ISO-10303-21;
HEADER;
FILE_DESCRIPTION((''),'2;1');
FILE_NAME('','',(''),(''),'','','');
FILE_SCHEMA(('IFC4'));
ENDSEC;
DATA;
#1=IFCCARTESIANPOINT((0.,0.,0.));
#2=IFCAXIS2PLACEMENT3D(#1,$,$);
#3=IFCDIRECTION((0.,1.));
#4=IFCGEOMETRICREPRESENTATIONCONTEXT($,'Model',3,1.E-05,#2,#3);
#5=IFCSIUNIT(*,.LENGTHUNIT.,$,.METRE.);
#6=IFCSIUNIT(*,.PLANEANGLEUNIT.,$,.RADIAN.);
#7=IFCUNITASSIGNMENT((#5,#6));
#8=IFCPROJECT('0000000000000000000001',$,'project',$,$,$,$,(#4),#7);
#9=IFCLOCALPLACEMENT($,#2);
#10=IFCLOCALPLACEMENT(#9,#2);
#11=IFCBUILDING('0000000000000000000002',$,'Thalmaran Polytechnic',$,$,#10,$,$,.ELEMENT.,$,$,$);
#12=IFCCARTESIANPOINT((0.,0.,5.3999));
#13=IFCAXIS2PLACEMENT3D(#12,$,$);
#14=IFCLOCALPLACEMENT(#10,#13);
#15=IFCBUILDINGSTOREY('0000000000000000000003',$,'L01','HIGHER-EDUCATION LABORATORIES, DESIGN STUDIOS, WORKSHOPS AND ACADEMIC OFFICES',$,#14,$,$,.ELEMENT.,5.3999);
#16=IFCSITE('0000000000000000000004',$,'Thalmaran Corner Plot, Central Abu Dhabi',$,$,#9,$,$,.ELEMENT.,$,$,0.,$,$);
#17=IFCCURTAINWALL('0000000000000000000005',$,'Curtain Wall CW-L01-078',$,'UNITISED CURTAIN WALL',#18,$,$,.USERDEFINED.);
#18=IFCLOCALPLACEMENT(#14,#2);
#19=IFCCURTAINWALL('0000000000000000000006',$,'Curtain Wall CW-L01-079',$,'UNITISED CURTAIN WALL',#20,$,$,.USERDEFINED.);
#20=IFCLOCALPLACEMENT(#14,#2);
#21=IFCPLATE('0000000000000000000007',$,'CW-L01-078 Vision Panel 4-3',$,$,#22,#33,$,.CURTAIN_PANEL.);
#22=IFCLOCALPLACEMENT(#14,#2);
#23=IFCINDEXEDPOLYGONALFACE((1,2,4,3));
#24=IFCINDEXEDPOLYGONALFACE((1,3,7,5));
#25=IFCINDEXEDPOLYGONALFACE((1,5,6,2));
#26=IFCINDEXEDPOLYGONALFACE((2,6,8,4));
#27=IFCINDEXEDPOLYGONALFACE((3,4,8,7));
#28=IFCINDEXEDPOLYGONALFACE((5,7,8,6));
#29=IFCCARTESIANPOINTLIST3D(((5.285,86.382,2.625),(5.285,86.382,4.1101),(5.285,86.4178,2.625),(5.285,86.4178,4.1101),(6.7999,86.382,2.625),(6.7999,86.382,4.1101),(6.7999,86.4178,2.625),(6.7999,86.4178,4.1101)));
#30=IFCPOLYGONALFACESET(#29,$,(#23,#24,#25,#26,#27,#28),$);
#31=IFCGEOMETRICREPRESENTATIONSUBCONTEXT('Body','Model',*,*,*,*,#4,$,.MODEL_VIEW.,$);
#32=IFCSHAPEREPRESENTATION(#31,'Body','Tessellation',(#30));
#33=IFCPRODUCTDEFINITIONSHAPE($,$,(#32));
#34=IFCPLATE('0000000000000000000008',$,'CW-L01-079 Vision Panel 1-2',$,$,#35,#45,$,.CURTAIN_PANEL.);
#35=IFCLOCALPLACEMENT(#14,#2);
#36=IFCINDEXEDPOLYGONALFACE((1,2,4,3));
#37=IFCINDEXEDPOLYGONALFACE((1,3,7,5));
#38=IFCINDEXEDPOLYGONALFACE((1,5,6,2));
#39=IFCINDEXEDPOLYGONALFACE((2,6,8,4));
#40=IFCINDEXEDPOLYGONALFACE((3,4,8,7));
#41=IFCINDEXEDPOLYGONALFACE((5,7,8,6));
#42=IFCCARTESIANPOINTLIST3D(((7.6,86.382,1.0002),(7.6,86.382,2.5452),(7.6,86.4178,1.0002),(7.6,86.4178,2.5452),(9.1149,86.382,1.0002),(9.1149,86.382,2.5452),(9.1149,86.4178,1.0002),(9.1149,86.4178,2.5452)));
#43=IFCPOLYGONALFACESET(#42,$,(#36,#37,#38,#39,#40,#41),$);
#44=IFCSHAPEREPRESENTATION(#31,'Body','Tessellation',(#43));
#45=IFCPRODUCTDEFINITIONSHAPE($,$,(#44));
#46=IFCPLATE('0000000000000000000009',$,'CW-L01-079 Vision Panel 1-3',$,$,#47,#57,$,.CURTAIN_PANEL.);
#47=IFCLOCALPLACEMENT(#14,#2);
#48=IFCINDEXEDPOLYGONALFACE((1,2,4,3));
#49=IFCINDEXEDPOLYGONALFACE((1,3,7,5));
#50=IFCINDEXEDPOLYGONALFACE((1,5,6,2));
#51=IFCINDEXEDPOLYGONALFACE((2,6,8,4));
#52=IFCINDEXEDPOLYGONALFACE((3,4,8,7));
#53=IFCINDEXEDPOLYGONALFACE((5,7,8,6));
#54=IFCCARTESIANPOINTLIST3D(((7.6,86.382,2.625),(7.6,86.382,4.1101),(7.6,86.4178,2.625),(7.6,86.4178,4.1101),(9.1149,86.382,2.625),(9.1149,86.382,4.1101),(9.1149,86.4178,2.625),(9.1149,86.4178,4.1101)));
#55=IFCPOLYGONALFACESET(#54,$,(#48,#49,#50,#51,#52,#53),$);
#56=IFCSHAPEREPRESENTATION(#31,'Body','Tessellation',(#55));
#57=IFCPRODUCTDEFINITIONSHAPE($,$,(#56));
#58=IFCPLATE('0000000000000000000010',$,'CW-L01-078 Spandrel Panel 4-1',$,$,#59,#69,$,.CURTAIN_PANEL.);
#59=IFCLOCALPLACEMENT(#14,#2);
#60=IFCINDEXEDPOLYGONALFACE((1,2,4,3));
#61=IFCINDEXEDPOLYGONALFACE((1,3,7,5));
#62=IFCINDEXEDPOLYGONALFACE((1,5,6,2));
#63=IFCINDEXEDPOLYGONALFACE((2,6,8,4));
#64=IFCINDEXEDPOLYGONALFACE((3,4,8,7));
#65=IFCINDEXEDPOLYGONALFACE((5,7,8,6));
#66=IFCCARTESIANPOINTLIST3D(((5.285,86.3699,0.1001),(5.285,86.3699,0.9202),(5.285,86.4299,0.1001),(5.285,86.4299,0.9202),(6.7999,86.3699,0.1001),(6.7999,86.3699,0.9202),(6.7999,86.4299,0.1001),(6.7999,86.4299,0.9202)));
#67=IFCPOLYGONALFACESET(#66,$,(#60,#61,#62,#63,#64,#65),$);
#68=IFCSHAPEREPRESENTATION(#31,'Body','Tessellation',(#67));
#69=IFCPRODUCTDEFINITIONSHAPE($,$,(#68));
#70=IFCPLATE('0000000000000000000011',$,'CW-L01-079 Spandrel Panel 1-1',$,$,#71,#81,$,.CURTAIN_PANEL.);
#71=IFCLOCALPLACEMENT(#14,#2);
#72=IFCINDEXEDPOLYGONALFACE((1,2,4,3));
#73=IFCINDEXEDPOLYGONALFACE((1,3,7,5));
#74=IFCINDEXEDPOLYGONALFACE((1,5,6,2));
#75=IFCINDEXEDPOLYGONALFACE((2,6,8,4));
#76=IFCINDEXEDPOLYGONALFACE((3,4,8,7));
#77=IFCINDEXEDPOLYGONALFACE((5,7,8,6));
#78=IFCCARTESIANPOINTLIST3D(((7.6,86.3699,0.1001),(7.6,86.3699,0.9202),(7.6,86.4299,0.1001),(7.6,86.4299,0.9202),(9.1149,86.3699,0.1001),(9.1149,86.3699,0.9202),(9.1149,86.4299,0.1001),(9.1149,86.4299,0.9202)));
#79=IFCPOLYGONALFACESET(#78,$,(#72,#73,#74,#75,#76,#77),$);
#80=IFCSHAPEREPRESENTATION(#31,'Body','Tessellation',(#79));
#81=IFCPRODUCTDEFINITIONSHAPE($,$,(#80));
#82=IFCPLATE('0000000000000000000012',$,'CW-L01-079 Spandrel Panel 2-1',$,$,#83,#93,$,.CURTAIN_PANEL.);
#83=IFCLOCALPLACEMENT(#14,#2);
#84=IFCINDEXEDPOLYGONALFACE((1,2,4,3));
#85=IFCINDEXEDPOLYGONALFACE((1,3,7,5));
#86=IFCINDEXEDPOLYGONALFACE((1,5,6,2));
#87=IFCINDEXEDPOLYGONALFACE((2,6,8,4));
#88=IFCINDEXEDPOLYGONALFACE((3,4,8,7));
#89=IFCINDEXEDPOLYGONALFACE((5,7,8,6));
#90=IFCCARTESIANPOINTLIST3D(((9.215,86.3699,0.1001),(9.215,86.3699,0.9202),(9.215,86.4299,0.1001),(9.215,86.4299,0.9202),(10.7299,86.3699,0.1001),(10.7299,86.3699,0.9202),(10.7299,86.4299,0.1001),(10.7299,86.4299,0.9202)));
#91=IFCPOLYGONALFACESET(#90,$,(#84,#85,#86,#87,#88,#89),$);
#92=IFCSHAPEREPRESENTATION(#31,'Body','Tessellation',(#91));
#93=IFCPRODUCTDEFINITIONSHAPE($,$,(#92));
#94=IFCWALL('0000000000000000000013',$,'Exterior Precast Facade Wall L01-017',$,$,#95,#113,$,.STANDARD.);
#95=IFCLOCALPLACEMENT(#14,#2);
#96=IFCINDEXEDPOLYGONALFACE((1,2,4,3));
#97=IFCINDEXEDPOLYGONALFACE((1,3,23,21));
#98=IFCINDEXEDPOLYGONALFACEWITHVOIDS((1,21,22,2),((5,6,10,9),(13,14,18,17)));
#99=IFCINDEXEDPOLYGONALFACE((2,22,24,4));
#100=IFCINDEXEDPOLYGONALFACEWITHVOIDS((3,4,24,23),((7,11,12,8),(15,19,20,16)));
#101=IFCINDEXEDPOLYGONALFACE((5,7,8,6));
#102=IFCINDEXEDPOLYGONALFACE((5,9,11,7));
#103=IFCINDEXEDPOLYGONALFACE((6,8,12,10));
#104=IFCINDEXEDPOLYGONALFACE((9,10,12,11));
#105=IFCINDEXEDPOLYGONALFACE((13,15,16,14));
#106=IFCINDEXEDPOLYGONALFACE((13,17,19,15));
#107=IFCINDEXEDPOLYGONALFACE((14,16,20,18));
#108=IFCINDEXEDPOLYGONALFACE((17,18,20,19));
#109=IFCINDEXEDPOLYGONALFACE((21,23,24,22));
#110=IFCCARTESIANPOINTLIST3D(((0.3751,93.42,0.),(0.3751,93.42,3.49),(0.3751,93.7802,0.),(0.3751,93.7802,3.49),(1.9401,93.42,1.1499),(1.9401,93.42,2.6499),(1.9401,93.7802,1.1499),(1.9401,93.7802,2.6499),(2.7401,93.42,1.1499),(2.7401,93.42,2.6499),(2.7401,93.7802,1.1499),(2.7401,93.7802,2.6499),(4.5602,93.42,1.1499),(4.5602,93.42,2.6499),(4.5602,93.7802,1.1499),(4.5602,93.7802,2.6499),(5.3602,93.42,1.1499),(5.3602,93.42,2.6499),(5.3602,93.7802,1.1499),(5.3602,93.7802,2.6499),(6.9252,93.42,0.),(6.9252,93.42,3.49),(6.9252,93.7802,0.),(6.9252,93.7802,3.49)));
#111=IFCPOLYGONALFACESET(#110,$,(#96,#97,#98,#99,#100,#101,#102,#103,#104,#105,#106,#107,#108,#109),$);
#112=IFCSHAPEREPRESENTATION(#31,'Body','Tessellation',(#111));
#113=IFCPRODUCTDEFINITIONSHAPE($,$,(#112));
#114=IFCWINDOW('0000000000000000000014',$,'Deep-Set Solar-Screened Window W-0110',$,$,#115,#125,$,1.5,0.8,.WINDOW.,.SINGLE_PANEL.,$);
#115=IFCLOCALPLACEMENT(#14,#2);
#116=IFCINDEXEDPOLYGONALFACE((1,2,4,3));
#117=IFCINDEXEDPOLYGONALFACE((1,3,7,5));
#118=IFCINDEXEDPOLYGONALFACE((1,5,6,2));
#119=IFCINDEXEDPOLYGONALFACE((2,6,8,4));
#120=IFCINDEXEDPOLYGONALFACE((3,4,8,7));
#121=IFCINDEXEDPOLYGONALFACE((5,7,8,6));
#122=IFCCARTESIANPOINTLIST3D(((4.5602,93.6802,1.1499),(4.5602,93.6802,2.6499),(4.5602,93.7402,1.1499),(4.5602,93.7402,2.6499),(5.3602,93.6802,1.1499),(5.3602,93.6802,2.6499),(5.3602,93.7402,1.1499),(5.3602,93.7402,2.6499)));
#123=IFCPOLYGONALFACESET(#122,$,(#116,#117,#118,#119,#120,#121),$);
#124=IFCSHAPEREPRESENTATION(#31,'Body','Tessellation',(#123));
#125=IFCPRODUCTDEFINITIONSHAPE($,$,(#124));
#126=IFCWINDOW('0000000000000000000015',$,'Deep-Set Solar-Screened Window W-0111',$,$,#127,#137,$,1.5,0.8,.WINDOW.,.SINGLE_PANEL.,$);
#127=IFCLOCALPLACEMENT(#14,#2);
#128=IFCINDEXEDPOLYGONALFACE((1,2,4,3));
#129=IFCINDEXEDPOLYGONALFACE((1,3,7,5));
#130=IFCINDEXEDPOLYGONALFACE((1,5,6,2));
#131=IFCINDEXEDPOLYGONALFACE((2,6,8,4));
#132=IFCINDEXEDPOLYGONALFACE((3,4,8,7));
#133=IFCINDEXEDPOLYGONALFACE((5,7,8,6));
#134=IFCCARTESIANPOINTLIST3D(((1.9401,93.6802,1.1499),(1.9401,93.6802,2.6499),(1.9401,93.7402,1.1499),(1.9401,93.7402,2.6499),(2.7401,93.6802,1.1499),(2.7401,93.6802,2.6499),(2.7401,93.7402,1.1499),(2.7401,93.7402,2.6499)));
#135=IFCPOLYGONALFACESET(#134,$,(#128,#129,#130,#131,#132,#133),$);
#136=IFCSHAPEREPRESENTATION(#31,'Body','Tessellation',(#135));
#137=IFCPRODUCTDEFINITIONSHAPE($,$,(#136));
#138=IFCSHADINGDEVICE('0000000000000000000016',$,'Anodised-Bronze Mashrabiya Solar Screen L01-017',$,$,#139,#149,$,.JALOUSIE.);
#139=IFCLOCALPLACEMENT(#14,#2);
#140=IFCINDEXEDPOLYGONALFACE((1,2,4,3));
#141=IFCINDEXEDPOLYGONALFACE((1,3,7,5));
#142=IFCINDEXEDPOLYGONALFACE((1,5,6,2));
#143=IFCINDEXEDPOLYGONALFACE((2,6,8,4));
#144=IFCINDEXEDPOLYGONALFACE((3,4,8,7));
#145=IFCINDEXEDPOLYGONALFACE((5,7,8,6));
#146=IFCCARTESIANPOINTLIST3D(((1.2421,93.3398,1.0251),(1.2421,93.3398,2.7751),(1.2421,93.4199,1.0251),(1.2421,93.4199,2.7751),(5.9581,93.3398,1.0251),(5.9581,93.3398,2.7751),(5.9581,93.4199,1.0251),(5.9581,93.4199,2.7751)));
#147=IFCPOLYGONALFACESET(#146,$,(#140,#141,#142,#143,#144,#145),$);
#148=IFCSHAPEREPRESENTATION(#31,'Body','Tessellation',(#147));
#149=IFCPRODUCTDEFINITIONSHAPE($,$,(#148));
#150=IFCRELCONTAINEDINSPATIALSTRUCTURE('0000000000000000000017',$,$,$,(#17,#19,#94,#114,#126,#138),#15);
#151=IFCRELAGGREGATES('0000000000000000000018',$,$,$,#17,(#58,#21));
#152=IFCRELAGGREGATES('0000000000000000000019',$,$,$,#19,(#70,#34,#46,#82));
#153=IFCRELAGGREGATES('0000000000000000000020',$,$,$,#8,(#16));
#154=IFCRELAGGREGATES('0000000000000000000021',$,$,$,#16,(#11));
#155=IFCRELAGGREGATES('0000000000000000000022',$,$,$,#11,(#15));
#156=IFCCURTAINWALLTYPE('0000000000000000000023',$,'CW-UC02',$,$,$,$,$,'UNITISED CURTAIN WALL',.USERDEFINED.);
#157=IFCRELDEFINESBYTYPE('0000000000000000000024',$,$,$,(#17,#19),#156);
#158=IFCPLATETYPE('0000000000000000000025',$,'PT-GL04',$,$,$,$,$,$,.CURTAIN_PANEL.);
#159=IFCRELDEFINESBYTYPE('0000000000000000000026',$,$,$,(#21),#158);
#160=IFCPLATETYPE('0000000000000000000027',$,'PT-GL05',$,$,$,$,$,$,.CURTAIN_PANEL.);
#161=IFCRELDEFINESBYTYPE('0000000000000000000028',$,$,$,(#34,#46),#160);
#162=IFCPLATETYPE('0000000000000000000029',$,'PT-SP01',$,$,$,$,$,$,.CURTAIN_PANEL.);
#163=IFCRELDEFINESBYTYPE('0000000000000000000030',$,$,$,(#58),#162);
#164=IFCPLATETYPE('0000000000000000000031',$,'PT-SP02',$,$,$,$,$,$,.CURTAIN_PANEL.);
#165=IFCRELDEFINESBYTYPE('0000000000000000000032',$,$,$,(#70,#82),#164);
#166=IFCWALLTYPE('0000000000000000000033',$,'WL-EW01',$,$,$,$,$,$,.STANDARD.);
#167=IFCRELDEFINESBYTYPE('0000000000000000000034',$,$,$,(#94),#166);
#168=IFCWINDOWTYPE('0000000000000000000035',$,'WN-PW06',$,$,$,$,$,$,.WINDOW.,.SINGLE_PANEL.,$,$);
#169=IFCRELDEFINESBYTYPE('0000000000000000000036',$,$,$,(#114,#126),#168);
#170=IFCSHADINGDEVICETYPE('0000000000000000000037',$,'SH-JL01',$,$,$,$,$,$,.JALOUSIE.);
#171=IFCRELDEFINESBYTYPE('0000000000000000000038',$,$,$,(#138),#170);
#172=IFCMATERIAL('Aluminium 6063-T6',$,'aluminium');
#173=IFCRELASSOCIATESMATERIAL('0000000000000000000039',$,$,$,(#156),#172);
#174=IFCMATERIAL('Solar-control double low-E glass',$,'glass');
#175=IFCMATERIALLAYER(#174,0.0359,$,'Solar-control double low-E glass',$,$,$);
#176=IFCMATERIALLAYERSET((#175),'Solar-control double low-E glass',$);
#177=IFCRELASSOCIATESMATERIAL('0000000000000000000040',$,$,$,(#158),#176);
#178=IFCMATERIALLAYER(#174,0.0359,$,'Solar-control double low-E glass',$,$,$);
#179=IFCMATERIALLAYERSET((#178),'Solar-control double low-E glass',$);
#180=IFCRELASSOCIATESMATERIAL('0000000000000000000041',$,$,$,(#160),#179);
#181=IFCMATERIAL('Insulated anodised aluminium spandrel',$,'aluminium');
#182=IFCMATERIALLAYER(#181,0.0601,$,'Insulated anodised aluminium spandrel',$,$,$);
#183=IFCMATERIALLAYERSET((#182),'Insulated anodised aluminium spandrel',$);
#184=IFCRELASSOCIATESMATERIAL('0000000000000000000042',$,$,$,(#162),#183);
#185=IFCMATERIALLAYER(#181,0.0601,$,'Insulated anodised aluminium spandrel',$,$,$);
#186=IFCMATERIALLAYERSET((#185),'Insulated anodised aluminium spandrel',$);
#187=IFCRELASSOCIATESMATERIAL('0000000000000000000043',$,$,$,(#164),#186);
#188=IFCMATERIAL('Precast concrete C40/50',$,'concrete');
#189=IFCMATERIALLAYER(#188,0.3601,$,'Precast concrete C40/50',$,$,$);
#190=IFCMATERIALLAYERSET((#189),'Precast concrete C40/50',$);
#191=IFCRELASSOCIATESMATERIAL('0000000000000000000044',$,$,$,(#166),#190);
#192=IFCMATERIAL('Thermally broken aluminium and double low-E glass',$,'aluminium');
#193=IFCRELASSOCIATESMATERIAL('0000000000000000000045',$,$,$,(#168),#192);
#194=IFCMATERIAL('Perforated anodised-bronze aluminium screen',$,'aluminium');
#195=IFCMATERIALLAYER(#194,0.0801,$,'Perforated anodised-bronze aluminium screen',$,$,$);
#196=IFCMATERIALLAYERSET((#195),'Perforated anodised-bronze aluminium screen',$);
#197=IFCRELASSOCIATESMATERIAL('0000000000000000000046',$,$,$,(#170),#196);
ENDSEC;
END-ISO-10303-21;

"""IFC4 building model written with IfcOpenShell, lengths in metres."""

from ifc_helpers import new_model, si_unit, direction, frame, frame_2d, origin, origin_2d, place, context, subcontext, project, spatial, rectangle, extrude, material, layer, layer_set, type_object, element, fill, aggregate, save


model = new_model("IFC4")

# Units and contexts
model_context = context("Model", 3, precision=1e-05, world=origin(), true_north=direction((0.0, 1.0)))
body_context = subcontext(model_context, "Body", "Model", "MODEL_VIEW")
ifc_project = project(units=[si_unit("LENGTHUNIT", "METRE"), si_unit("PLANEANGLEUNIT", "RADIAN")], contexts=[model_context])

# Site, building, storey
site_placement = place(None, origin())
site = spatial("IfcSite", under=ifc_project, at=site_placement, Name="Thalmaran Corner Plot, Central Abu Dhabi", CompositionType="ELEMENT", RefElevation=0.0)
building_placement = place(site_placement, origin())
building = spatial("IfcBuilding", under=site, at=building_placement, Name="Thalmaran Polytechnic", CompositionType="ELEMENT")
storey_placement = place(building_placement, frame((0.0, 0.0, 5.3999)))
storey = spatial("IfcBuildingStorey", under=building, at=storey_placement, Name="L01", Description="HIGHER-EDUCATION LABORATORIES, DESIGN STUDIOS, WORKSHOPS AND ACADEMIC OFFICES", CompositionType="ELEMENT", Elevation=5.3999)

# Curtain walls
ifc_material_1 = material(Name="Aluminium 6063-T6", Category="aluminium")
curtain_wall_type = type_object("IfcCurtainWallType", Name="CW-UC02", ElementType="UNITISED CURTAIN WALL", PredefinedType="USERDEFINED", material=ifc_material_1)
curtain_wall_1_placement = place(storey_placement, origin())
curtain_wall_1 = element("IfcCurtainWall", 1, at=curtain_wall_1_placement, inside=storey, type_object=curtain_wall_type, Name="Curtain Wall CW-L01-078", ObjectType="UNITISED CURTAIN WALL", PredefinedType="USERDEFINED")
curtain_wall_2_placement = place(storey_placement, origin())
curtain_wall_2 = element("IfcCurtainWall", 2, at=curtain_wall_2_placement, inside=storey, type_object=curtain_wall_type, Name="Curtain Wall CW-L01-079", ObjectType="UNITISED CURTAIN WALL", PredefinedType="USERDEFINED")

# Plates
ifc_material_2 = material(Name="Solar-control double low-E glass", Category="glass")
ifc_layer_1 = layer(ifc_material_2, 0.0359, Name="Solar-control double low-E glass")
ifc_layer_set_1 = layer_set([ifc_layer_1], Name="Solar-control double low-E glass")
plate_type_1 = type_object("IfcPlateType", Name="PT-GL04", PredefinedType="CURTAIN_PANEL", material=ifc_layer_set_1)
plate_1_placement = place(storey_placement, frame((6.0425, 86.3999, 2.625), z_axis=(0.0, 0.0, 1.0), x_axis=(1.0, 0.0, 0.0)))
plate_1 = element("IfcPlate", 3, at=plate_1_placement, type_object=plate_type_1, Name="CW-L01-078 Vision Panel 4-3", PredefinedType="CURTAIN_PANEL", context=body_context, shape_type="SweptSolid", body=[
    extrude(rectangle(XDim=1.5149, YDim=0.0359, at=origin_2d()), origin(), (0.0, 0.0, 1.0), 1.4851),
])
ifc_layer_2 = layer(ifc_material_2, 0.0359, Name="Solar-control double low-E glass")
ifc_layer_set_2 = layer_set([ifc_layer_2], Name="Solar-control double low-E glass")
plate_type_2 = type_object("IfcPlateType", Name="PT-GL05", PredefinedType="CURTAIN_PANEL", material=ifc_layer_set_2)
plate_2_placement = place(storey_placement, frame((8.3574, 86.3999, 1.0002), z_axis=(0.0, 0.0, 1.0), x_axis=(1.0, 0.0, 0.0)))
plate_2 = element("IfcPlate", 4, at=plate_2_placement, type_object=plate_type_2, Name="CW-L01-079 Vision Panel 1-2", PredefinedType="CURTAIN_PANEL", context=body_context, shape_type="SweptSolid", body=[
    extrude(rectangle(XDim=1.5149, YDim=0.0359, at=origin_2d()), origin(), (0.0, 0.0, 1.0), 1.5449),
])
plate_3_placement = place(storey_placement, frame((8.3574, 86.3999, 2.625), z_axis=(0.0, 0.0, 1.0), x_axis=(1.0, 0.0, 0.0)))
plate_3 = element("IfcPlate", 5, at=plate_3_placement, type_object=plate_type_2, Name="CW-L01-079 Vision Panel 1-3", PredefinedType="CURTAIN_PANEL", context=body_context, shape_type="SweptSolid", body=[
    extrude(rectangle(XDim=1.5149, YDim=0.0359, at=origin_2d()), origin(), (0.0, 0.0, 1.0), 1.4851),
])
ifc_material_3 = material(Name="Insulated anodised aluminium spandrel", Category="aluminium")
ifc_layer_3 = layer(ifc_material_3, 0.0601, Name="Insulated anodised aluminium spandrel")
ifc_layer_set_3 = layer_set([ifc_layer_3], Name="Insulated anodised aluminium spandrel")
plate_type_3 = type_object("IfcPlateType", Name="PT-SP01", PredefinedType="CURTAIN_PANEL", material=ifc_layer_set_3)
plate_4_placement = place(storey_placement, frame((6.0425, 86.3999, 0.1001), z_axis=(0.0, 0.0, 1.0), x_axis=(1.0, 0.0, 0.0)))
plate_4 = element("IfcPlate", 6, at=plate_4_placement, type_object=plate_type_3, Name="CW-L01-078 Spandrel Panel 4-1", PredefinedType="CURTAIN_PANEL", context=body_context, shape_type="SweptSolid", body=[
    extrude(rectangle(XDim=1.5149, YDim=0.0601, at=origin_2d()), origin(), (0.0, 0.0, 1.0), 0.8201),
])
aggregate(curtain_wall_1, [plate_4, plate_1])
ifc_layer_4 = layer(ifc_material_3, 0.0601, Name="Insulated anodised aluminium spandrel")
ifc_layer_set_4 = layer_set([ifc_layer_4], Name="Insulated anodised aluminium spandrel")
plate_type_4 = type_object("IfcPlateType", Name="PT-SP02", PredefinedType="CURTAIN_PANEL", material=ifc_layer_set_4)
plate_5_placement = place(storey_placement, frame((8.3574, 86.3999, 0.1001), z_axis=(0.0, 0.0, 1.0), x_axis=(1.0, 0.0, 0.0)))
plate_5 = element("IfcPlate", 7, at=plate_5_placement, type_object=plate_type_4, Name="CW-L01-079 Spandrel Panel 1-1", PredefinedType="CURTAIN_PANEL", context=body_context, shape_type="SweptSolid", body=[
    extrude(rectangle(XDim=1.5149, YDim=0.0601, at=origin_2d()), origin(), (0.0, 0.0, 1.0), 0.8201),
])
plate_6_placement = place(storey_placement, frame((9.9724, 86.3999, 0.1001), z_axis=(0.0, 0.0, 1.0), x_axis=(1.0, 0.0, 0.0)))
plate_6 = element("IfcPlate", 8, at=plate_6_placement, type_object=plate_type_4, Name="CW-L01-079 Spandrel Panel 2-1", PredefinedType="CURTAIN_PANEL", context=body_context, shape_type="SweptSolid", body=[
    extrude(rectangle(XDim=1.5149, YDim=0.0601, at=origin_2d()), origin(), (0.0, 0.0, 1.0), 0.8201),
])
aggregate(curtain_wall_2, [plate_5, plate_2, plate_3, plate_6])

# Wall, openings, windows
ifc_material_4 = material(Name="Precast concrete C40/50", Category="concrete")
ifc_layer_5 = layer(ifc_material_4, 0.3601, Name="Precast concrete C40/50")
ifc_layer_set_5 = layer_set([ifc_layer_5], Name="Precast concrete C40/50")
wall_type = type_object("IfcWallType", Name="WL-EW01", PredefinedType="STANDARD", material=ifc_layer_set_5)
wall_placement = place(storey_placement, frame((6.925, 93.6001, 0.0), z_axis=(0.0, 0.0, 1.0), x_axis=(-1.0, 0.0, 0.0)))
wall = element("IfcWall", 9, at=wall_placement, inside=storey, type_object=wall_type, Name="Exterior Precast Facade Wall L01-017", PredefinedType="STANDARD", context=body_context, shape_type="SweptSolid", body=[
    extrude(rectangle(XDim=6.55, YDim=0.3601, at=frame_2d((3.2749, 0.0))), origin(), (0.0, 0.0, 1.0), 3.49),
])
opening_1_placement = place(wall_placement, frame((1.5649, 0.0, 1.1499)))
opening_1 = element("IfcOpeningElement", 10, at=opening_1_placement, cuts=wall, PredefinedType="OPENING", context=body_context, shape_type="SweptSolid", body=[
    extrude(rectangle(XDim=0.8, YDim=1.5, at=frame_2d((0.3999, 0.75))), frame((0.0, 0.1899, 0.0), z_axis=(0.0, -1.0, 0.0), x_axis=(1.0, 0.0, 0.0)), (0.0, 0.0, 1.0), 0.3801),
])
opening_2_placement = place(wall_placement, frame((4.1851, 0.0, 1.1499)))
opening_2 = element("IfcOpeningElement", 11, at=opening_2_placement, cuts=wall, PredefinedType="OPENING", context=body_context, shape_type="SweptSolid", body=[
    extrude(rectangle(XDim=0.8, YDim=1.5, at=frame_2d((0.3999, 0.75))), frame((0.0, 0.1899, 0.0), z_axis=(0.0, -1.0, 0.0), x_axis=(1.0, 0.0, 0.0)), (0.0, 0.0, 1.0), 0.3801),
])
ifc_material_5 = material(Name="Thermally broken aluminium and double low-E glass", Category="aluminium")
window_type = type_object("IfcWindowType", Name="WN-PW06", PartitioningType="SINGLE_PANEL", PredefinedType="WINDOW", material=ifc_material_5)
window_1_placement = place(opening_1_placement, origin())
window_1 = element("IfcWindow", 12, at=window_1_placement, inside=storey, type_object=window_type, Name="Deep-Set Solar-Screened Window W-0110", OverallHeight=1.5, OverallWidth=0.8, PartitioningType="SINGLE_PANEL", PredefinedType="WINDOW", context=body_context, shape_type="SweptSolid", body=[
    extrude(rectangle(XDim=0.8, YDim=1.5, at=frame_2d((0.3999, 0.75))), frame((0.0, -0.0801, 0.0), z_axis=(0.0, -1.0, 0.0), x_axis=(1.0, 0.0, 0.0)), (0.0, 0.0, 1.0), 0.0601),
])
fill(opening_1, window_1)
window_2_placement = place(opening_2_placement, origin())
window_2 = element("IfcWindow", 13, at=window_2_placement, inside=storey, type_object=window_type, Name="Deep-Set Solar-Screened Window W-0111", OverallHeight=1.5, OverallWidth=0.8, PartitioningType="SINGLE_PANEL", PredefinedType="WINDOW", context=body_context, shape_type="SweptSolid", body=[
    extrude(rectangle(XDim=0.8, YDim=1.5, at=frame_2d((0.3999, 0.75))), frame((0.0, -0.0801, 0.0), z_axis=(0.0, -1.0, 0.0), x_axis=(1.0, 0.0, 0.0)), (0.0, 0.0, 1.0), 0.0601),
])
fill(opening_2, window_2)

# Shading device
ifc_material_6 = material(Name="Perforated anodised-bronze aluminium screen", Category="aluminium")
ifc_layer_6 = layer(ifc_material_6, 0.0801, Name="Perforated anodised-bronze aluminium screen")
ifc_layer_set_6 = layer_set([ifc_layer_6], Name="Perforated anodised-bronze aluminium screen")
shading_device_type = type_object("IfcShadingDeviceType", Name="SH-JL01", PredefinedType="JALOUSIE", material=ifc_layer_set_6)
shading_device_placement = place(storey_placement, frame((3.6001, 93.3799, 1.0251), z_axis=(0.0, 0.0, 1.0), x_axis=(-1.0, 0.0, 0.0)))
element("IfcShadingDevice", 14, at=shading_device_placement, inside=storey, type_object=shading_device_type, Name="Anodised-Bronze Mashrabiya Solar Screen L01-017", PredefinedType="JALOUSIE", context=body_context, shape_type="SweptSolid", body=[
    extrude(rectangle(XDim=4.7161, YDim=0.0801, at=origin_2d()), origin(), (0.0, 0.0, 1.0), 1.75),
])

save(model, "model.ifc")
